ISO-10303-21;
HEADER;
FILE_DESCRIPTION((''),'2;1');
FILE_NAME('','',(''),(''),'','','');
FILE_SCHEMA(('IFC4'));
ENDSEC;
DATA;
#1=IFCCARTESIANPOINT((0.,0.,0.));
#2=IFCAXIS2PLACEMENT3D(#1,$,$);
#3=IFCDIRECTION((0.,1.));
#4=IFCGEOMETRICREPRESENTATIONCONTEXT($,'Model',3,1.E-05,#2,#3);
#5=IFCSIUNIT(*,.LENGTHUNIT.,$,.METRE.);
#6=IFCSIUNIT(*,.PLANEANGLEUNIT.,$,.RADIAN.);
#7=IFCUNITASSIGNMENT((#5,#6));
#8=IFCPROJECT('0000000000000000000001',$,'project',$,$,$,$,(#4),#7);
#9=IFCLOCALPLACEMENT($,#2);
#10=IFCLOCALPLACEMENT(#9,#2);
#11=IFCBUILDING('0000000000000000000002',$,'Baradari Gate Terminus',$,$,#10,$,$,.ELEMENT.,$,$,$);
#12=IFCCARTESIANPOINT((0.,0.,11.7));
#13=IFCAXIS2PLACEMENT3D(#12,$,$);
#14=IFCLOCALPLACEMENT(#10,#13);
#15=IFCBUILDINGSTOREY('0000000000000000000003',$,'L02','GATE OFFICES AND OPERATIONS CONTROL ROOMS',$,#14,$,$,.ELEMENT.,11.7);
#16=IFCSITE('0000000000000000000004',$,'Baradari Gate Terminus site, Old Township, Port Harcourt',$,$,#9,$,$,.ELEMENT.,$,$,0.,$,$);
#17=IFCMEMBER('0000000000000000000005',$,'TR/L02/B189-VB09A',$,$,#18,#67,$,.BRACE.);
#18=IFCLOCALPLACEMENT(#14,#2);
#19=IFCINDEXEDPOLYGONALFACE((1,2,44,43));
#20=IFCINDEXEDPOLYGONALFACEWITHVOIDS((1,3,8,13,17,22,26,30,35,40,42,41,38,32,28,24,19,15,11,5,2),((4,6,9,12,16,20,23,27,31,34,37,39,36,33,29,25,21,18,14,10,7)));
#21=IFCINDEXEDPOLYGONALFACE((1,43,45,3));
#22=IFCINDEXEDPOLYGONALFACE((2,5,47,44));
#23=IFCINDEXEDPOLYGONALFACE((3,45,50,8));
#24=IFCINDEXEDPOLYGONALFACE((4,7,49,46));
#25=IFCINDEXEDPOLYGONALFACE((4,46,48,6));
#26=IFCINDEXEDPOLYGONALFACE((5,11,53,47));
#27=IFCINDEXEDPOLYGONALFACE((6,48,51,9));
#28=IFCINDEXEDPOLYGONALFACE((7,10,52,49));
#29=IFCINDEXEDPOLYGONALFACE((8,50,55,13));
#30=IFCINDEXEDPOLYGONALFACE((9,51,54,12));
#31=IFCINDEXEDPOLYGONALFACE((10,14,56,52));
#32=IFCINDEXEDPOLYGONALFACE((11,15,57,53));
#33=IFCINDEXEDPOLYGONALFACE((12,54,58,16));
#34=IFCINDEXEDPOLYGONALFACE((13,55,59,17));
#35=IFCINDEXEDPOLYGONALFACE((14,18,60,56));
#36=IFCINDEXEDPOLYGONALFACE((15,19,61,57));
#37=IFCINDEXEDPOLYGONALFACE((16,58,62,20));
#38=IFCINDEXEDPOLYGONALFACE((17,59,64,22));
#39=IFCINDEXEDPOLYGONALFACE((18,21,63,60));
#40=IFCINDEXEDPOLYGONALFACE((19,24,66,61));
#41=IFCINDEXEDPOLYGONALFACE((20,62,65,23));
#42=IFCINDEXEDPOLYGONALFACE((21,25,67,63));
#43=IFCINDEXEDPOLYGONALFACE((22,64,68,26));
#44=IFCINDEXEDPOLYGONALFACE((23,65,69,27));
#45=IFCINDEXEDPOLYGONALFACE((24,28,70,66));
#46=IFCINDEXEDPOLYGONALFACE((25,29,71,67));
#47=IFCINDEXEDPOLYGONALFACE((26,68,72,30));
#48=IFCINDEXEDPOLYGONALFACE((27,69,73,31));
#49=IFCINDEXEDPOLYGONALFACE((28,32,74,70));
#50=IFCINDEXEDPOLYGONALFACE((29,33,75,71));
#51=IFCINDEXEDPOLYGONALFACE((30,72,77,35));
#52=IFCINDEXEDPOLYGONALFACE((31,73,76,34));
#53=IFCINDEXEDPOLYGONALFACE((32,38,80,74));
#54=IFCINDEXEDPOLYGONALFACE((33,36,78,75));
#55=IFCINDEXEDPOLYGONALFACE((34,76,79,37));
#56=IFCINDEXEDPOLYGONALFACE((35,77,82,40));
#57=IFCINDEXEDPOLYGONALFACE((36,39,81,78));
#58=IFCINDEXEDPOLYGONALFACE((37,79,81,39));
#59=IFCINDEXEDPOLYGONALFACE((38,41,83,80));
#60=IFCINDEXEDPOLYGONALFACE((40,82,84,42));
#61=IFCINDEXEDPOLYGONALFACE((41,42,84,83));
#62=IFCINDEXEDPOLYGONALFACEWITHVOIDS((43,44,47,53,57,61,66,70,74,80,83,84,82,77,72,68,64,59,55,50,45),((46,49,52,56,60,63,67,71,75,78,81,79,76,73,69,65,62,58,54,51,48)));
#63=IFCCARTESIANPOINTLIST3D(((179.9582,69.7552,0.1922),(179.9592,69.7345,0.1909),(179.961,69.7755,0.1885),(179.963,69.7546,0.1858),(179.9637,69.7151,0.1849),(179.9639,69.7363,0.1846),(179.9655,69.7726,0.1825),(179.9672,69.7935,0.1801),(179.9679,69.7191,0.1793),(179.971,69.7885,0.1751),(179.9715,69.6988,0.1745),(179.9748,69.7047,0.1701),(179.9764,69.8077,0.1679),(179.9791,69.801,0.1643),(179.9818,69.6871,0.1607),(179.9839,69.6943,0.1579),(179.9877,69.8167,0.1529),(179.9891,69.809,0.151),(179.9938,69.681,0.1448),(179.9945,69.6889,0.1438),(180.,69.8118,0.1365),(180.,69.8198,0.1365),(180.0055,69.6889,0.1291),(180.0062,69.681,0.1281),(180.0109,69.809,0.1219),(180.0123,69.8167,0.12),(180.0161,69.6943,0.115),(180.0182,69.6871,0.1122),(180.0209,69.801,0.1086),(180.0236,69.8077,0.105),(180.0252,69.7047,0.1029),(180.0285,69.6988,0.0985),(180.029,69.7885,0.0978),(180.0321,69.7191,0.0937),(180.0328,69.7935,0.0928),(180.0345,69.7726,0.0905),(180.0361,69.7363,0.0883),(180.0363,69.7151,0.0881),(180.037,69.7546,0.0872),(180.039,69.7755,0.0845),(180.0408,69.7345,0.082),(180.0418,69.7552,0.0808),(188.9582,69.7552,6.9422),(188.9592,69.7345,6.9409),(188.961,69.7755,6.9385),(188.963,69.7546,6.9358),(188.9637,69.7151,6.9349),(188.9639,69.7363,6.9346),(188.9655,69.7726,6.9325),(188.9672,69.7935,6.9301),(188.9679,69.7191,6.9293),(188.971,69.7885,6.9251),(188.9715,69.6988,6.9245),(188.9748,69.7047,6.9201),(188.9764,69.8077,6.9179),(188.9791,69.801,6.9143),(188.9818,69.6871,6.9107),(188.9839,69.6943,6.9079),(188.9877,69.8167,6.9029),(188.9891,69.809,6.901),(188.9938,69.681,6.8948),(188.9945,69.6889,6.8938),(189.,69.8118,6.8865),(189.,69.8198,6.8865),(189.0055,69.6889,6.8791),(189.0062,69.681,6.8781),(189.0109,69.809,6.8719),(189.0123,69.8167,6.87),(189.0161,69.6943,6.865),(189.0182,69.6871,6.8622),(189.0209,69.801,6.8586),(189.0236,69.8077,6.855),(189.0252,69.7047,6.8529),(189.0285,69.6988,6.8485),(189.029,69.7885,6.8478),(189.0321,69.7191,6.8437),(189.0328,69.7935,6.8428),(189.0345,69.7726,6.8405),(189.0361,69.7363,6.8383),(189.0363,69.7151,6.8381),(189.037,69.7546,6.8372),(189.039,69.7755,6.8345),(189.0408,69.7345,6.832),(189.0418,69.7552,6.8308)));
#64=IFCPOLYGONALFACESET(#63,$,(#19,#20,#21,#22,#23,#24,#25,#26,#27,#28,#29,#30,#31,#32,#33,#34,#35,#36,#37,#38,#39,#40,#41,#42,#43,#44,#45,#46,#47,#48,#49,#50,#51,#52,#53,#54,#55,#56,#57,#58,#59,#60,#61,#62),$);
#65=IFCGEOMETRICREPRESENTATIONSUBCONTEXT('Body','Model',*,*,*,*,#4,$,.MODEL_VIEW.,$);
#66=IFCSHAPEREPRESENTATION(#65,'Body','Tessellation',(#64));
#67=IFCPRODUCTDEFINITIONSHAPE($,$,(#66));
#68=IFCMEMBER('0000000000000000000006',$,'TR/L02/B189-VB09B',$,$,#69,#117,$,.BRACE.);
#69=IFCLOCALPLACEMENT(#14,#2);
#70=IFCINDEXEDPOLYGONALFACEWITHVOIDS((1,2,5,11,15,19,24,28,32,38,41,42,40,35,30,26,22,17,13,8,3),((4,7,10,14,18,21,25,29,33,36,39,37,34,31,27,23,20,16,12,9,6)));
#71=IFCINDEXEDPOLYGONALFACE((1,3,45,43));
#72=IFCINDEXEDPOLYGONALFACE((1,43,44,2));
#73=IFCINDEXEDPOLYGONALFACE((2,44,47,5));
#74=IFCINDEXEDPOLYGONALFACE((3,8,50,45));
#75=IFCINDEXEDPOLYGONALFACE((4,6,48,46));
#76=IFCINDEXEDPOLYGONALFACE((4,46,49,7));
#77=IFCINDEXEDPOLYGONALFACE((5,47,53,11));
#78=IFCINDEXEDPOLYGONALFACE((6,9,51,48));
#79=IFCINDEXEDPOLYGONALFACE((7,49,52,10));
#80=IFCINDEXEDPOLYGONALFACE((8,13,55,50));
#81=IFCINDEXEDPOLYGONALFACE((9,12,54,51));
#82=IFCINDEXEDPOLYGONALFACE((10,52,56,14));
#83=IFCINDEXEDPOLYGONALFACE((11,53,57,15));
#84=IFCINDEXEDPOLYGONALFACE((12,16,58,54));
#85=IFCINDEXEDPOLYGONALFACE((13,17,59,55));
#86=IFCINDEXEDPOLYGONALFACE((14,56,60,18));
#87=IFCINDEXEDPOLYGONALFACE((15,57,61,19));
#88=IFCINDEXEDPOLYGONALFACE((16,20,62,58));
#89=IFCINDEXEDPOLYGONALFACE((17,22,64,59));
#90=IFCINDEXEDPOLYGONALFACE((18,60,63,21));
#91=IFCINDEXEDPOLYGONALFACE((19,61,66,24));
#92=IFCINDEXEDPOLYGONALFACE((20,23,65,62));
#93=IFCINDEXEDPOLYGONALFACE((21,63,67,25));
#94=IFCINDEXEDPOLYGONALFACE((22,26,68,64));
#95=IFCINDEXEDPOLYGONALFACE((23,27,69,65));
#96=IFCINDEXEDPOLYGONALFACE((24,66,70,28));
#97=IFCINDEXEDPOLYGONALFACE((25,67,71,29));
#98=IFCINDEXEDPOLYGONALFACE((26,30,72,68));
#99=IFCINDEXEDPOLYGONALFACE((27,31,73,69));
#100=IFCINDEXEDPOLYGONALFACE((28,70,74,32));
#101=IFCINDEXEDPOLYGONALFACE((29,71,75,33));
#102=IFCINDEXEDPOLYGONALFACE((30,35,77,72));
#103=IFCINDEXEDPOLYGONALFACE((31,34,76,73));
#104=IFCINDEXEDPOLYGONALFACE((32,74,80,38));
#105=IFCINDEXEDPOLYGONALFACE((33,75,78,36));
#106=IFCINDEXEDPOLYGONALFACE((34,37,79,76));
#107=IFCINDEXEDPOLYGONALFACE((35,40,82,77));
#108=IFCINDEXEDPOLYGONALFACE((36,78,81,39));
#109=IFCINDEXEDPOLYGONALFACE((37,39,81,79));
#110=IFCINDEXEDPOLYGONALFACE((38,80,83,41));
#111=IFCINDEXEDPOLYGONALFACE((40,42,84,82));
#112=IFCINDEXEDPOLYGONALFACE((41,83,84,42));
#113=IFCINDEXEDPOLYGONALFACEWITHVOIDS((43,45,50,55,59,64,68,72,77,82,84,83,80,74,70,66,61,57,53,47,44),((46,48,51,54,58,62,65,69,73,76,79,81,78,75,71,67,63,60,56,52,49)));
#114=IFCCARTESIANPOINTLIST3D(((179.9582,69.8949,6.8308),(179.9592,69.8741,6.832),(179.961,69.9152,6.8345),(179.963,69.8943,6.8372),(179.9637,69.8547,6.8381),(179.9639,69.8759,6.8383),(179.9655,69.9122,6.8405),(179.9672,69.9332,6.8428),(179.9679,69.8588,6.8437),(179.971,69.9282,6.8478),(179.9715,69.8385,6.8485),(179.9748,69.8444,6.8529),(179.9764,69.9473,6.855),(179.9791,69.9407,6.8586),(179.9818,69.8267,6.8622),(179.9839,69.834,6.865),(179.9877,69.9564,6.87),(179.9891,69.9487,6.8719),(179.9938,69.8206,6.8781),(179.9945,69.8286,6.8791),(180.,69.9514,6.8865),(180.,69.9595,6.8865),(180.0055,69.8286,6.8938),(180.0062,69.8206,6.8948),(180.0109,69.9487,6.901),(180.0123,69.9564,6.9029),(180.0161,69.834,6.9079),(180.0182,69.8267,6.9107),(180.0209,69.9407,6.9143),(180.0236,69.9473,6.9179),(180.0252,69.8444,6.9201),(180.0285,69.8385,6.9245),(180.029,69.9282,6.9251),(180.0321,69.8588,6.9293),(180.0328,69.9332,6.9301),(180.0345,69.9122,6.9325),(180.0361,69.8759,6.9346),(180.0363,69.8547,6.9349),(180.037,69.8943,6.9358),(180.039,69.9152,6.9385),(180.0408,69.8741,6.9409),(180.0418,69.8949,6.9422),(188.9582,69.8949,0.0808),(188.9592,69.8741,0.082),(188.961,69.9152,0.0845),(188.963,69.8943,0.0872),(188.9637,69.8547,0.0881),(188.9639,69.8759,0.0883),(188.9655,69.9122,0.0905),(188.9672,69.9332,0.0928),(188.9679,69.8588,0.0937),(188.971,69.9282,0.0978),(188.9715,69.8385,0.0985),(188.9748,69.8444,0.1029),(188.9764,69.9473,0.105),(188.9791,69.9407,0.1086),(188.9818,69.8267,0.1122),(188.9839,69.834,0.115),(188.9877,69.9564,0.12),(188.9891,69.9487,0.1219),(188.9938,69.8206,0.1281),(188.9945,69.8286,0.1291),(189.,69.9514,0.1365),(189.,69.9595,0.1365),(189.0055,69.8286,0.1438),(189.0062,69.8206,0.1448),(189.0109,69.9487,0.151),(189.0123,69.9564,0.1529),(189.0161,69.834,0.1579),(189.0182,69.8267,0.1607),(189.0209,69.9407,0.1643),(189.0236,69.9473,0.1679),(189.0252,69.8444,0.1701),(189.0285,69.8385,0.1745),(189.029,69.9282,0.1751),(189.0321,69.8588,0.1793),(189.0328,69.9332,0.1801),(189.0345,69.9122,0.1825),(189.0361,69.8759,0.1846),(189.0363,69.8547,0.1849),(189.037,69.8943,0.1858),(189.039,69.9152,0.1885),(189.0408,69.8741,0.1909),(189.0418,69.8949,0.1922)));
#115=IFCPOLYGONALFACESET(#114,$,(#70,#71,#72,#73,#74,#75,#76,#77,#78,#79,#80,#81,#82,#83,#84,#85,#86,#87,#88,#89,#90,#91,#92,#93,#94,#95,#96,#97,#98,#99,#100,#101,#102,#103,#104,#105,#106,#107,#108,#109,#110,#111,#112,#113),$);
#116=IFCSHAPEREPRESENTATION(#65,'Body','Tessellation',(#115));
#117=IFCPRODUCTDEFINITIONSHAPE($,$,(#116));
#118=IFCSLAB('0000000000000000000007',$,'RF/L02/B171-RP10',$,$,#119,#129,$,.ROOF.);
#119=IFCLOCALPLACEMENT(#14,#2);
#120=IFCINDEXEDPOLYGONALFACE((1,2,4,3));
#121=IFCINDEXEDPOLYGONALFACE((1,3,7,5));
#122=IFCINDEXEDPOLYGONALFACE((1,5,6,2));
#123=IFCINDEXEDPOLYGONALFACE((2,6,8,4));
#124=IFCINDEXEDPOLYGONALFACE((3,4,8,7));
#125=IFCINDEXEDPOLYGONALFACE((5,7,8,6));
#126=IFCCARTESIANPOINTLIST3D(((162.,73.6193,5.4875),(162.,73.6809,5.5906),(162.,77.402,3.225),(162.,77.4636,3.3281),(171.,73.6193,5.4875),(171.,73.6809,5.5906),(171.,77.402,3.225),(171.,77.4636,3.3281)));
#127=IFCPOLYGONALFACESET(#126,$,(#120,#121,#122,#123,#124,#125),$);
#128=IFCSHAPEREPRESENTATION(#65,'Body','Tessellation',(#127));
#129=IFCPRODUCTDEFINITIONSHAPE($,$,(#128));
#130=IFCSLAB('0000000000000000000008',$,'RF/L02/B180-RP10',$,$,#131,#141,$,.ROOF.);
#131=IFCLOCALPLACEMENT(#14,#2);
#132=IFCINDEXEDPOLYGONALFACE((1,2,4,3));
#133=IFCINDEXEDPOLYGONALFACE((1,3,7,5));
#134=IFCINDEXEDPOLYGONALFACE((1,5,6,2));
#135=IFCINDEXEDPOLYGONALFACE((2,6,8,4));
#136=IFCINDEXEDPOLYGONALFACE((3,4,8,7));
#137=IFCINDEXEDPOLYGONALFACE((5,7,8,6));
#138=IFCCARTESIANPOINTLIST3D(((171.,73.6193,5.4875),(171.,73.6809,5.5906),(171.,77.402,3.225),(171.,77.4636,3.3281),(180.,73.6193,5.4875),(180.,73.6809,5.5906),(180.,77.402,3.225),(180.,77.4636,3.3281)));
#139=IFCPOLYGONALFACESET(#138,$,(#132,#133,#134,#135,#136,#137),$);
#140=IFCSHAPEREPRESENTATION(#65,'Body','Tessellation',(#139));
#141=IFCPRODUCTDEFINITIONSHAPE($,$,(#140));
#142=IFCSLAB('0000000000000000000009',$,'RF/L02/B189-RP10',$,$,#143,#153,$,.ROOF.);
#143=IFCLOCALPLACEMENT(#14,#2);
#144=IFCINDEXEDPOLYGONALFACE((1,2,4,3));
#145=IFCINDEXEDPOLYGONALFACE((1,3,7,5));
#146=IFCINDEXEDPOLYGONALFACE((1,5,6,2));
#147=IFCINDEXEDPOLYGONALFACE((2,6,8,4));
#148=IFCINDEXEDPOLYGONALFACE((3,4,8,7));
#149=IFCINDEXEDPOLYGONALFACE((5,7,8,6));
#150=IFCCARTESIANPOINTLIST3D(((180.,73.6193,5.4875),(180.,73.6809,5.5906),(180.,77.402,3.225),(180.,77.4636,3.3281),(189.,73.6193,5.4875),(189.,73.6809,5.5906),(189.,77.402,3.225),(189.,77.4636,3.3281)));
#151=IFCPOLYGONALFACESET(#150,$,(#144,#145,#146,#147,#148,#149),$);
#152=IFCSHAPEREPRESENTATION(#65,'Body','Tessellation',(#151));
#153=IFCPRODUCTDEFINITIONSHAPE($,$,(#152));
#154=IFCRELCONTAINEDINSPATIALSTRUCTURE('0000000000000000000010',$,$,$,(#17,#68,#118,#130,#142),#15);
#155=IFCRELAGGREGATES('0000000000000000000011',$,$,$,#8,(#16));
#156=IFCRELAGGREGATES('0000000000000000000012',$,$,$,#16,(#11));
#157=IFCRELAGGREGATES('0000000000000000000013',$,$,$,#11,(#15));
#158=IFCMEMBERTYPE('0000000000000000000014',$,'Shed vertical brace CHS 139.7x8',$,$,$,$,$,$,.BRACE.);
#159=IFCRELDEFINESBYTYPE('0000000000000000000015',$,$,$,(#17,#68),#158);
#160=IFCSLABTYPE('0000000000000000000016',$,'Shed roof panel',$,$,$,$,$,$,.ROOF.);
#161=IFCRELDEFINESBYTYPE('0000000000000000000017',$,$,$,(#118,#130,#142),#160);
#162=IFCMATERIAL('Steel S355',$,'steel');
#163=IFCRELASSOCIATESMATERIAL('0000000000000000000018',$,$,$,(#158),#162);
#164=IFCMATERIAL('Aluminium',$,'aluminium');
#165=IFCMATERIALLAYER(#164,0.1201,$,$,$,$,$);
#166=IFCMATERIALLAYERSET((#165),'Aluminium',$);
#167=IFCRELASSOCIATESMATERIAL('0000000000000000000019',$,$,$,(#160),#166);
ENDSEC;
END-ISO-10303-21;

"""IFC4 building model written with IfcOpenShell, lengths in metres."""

from ifc_helpers import new_model, si_unit, direction, frame, origin, origin_2d, place, context, subcontext, project, spatial, polyline, hollow_circle, outline, extrude, material, layer, layer_set, material_profile, profile_set, type_object, element, save


model = new_model("IFC4")

# Units and contexts
model_context = context("Model", 3, precision=1e-05, world=origin(), true_north=direction((0.0, 1.0)))
body_context = subcontext(model_context, "Body", "Model", "MODEL_VIEW")
ifc_project = project(units=[si_unit("LENGTHUNIT", "METRE"), si_unit("PLANEANGLEUNIT", "RADIAN")], contexts=[model_context])

# Site, building, storey
site_placement = place(None, origin())
site = spatial("IfcSite", under=ifc_project, at=site_placement, Name="Baradari Gate Terminus site, Old Township, Port Harcourt", CompositionType="ELEMENT", RefElevation=0.0)
building_placement = place(site_placement, origin())
building = spatial("IfcBuilding", under=site, at=building_placement, Name="Baradari Gate Terminus", CompositionType="ELEMENT")
storey_placement = place(building_placement, frame((0.0, 0.0, 11.7)))
storey = spatial("IfcBuildingStorey", under=building, at=storey_placement, Name="L02", Description="GATE OFFICES AND OPERATIONS CONTROL ROOMS", CompositionType="ELEMENT", Elevation=11.7)

# Members
ifc_material_1 = material(Name="Steel S355", Category="steel")
ifc_material_profile_1 = material_profile(ifc_material_1, hollow_circle(Radius=0.0698, WallThickness=0.0081, at=origin_2d()), Name="CHS 139.7x8")
ifc_profile_set_1 = profile_set([ifc_material_profile_1], Name="Steel S355")
member_type_1 = type_object("IfcMemberType", Name="Shed vertical brace CHS 139.7x8", PredefinedType="BRACE", material=ifc_profile_set_1)
for number, where, z_axis, x_axis, name in (
    (1, (180.0, 69.75, 0.1365), (0.8, 0.0, 0.6), (0.0, 1.0, 0.0), "TR/L02/B189-VB09A"),
    (2, (180.0, 69.8896, 6.8865), (0.8, 0.0, -0.6), (0.0, 1.0, 0.0), "TR/L02/B189-VB09B"),
):
    element("IfcMember", number, at=place(storey_placement, frame(where, z_axis=z_axis, x_axis=x_axis)), inside=storey, type_object=member_type_1, Name=name, PredefinedType="BRACE", context=body_context, shape_type="SweptSolid", body=[
        extrude(hollow_circle(Radius=0.0698, WallThickness=0.0081, at=origin_2d()), origin(), (0.0, 0.0, 1.0), 11.25),
    ])

# Slabs
ifc_material_2 = material(Name="Aluminium", Category="aluminium")
ifc_layer = layer(ifc_material_2, 0.1201)
ifc_layer_set = layer_set([ifc_layer], Name="Aluminium")
slab_type = type_object("IfcSlabType", Name="Shed roof panel", PredefinedType="ROOF", material=ifc_layer_set)
for number, where, z_axis, x_axis, name in (
    (3, (162.0, 73.6809, 5.5906), (0.0, 0.513298, 0.858211), (1.0, 0.0, 0.0), "RF/L02/B171-RP10"),
    (4, (171.0, 73.6809, 5.5906), (0.0, 0.513298, 0.858211), (1.0, 0.0, 0.0), "RF/L02/B180-RP10"),
    (5, (180.0, 73.6809, 5.5906), (0.0, 0.513298, 0.858211), (1.0, 0.0, 0.0), "RF/L02/B189-RP10"),
):
    element("IfcSlab", number, at=place(storey_placement, frame(where, z_axis=z_axis, x_axis=x_axis)), inside=storey, type_object=slab_type, Name=name, PredefinedType="ROOF", context=body_context, shape_type="SweptSolid", body=[
        extrude(outline(polyline([(0.0, 0.0), (9.0, 0.0), (9.0, 4.4077), (0.0, 4.4077), (0.0, 0.0)])), origin(), (0.0, 0.0, -1.0), 0.1201),
    ])

save(model, "model.ifc")
